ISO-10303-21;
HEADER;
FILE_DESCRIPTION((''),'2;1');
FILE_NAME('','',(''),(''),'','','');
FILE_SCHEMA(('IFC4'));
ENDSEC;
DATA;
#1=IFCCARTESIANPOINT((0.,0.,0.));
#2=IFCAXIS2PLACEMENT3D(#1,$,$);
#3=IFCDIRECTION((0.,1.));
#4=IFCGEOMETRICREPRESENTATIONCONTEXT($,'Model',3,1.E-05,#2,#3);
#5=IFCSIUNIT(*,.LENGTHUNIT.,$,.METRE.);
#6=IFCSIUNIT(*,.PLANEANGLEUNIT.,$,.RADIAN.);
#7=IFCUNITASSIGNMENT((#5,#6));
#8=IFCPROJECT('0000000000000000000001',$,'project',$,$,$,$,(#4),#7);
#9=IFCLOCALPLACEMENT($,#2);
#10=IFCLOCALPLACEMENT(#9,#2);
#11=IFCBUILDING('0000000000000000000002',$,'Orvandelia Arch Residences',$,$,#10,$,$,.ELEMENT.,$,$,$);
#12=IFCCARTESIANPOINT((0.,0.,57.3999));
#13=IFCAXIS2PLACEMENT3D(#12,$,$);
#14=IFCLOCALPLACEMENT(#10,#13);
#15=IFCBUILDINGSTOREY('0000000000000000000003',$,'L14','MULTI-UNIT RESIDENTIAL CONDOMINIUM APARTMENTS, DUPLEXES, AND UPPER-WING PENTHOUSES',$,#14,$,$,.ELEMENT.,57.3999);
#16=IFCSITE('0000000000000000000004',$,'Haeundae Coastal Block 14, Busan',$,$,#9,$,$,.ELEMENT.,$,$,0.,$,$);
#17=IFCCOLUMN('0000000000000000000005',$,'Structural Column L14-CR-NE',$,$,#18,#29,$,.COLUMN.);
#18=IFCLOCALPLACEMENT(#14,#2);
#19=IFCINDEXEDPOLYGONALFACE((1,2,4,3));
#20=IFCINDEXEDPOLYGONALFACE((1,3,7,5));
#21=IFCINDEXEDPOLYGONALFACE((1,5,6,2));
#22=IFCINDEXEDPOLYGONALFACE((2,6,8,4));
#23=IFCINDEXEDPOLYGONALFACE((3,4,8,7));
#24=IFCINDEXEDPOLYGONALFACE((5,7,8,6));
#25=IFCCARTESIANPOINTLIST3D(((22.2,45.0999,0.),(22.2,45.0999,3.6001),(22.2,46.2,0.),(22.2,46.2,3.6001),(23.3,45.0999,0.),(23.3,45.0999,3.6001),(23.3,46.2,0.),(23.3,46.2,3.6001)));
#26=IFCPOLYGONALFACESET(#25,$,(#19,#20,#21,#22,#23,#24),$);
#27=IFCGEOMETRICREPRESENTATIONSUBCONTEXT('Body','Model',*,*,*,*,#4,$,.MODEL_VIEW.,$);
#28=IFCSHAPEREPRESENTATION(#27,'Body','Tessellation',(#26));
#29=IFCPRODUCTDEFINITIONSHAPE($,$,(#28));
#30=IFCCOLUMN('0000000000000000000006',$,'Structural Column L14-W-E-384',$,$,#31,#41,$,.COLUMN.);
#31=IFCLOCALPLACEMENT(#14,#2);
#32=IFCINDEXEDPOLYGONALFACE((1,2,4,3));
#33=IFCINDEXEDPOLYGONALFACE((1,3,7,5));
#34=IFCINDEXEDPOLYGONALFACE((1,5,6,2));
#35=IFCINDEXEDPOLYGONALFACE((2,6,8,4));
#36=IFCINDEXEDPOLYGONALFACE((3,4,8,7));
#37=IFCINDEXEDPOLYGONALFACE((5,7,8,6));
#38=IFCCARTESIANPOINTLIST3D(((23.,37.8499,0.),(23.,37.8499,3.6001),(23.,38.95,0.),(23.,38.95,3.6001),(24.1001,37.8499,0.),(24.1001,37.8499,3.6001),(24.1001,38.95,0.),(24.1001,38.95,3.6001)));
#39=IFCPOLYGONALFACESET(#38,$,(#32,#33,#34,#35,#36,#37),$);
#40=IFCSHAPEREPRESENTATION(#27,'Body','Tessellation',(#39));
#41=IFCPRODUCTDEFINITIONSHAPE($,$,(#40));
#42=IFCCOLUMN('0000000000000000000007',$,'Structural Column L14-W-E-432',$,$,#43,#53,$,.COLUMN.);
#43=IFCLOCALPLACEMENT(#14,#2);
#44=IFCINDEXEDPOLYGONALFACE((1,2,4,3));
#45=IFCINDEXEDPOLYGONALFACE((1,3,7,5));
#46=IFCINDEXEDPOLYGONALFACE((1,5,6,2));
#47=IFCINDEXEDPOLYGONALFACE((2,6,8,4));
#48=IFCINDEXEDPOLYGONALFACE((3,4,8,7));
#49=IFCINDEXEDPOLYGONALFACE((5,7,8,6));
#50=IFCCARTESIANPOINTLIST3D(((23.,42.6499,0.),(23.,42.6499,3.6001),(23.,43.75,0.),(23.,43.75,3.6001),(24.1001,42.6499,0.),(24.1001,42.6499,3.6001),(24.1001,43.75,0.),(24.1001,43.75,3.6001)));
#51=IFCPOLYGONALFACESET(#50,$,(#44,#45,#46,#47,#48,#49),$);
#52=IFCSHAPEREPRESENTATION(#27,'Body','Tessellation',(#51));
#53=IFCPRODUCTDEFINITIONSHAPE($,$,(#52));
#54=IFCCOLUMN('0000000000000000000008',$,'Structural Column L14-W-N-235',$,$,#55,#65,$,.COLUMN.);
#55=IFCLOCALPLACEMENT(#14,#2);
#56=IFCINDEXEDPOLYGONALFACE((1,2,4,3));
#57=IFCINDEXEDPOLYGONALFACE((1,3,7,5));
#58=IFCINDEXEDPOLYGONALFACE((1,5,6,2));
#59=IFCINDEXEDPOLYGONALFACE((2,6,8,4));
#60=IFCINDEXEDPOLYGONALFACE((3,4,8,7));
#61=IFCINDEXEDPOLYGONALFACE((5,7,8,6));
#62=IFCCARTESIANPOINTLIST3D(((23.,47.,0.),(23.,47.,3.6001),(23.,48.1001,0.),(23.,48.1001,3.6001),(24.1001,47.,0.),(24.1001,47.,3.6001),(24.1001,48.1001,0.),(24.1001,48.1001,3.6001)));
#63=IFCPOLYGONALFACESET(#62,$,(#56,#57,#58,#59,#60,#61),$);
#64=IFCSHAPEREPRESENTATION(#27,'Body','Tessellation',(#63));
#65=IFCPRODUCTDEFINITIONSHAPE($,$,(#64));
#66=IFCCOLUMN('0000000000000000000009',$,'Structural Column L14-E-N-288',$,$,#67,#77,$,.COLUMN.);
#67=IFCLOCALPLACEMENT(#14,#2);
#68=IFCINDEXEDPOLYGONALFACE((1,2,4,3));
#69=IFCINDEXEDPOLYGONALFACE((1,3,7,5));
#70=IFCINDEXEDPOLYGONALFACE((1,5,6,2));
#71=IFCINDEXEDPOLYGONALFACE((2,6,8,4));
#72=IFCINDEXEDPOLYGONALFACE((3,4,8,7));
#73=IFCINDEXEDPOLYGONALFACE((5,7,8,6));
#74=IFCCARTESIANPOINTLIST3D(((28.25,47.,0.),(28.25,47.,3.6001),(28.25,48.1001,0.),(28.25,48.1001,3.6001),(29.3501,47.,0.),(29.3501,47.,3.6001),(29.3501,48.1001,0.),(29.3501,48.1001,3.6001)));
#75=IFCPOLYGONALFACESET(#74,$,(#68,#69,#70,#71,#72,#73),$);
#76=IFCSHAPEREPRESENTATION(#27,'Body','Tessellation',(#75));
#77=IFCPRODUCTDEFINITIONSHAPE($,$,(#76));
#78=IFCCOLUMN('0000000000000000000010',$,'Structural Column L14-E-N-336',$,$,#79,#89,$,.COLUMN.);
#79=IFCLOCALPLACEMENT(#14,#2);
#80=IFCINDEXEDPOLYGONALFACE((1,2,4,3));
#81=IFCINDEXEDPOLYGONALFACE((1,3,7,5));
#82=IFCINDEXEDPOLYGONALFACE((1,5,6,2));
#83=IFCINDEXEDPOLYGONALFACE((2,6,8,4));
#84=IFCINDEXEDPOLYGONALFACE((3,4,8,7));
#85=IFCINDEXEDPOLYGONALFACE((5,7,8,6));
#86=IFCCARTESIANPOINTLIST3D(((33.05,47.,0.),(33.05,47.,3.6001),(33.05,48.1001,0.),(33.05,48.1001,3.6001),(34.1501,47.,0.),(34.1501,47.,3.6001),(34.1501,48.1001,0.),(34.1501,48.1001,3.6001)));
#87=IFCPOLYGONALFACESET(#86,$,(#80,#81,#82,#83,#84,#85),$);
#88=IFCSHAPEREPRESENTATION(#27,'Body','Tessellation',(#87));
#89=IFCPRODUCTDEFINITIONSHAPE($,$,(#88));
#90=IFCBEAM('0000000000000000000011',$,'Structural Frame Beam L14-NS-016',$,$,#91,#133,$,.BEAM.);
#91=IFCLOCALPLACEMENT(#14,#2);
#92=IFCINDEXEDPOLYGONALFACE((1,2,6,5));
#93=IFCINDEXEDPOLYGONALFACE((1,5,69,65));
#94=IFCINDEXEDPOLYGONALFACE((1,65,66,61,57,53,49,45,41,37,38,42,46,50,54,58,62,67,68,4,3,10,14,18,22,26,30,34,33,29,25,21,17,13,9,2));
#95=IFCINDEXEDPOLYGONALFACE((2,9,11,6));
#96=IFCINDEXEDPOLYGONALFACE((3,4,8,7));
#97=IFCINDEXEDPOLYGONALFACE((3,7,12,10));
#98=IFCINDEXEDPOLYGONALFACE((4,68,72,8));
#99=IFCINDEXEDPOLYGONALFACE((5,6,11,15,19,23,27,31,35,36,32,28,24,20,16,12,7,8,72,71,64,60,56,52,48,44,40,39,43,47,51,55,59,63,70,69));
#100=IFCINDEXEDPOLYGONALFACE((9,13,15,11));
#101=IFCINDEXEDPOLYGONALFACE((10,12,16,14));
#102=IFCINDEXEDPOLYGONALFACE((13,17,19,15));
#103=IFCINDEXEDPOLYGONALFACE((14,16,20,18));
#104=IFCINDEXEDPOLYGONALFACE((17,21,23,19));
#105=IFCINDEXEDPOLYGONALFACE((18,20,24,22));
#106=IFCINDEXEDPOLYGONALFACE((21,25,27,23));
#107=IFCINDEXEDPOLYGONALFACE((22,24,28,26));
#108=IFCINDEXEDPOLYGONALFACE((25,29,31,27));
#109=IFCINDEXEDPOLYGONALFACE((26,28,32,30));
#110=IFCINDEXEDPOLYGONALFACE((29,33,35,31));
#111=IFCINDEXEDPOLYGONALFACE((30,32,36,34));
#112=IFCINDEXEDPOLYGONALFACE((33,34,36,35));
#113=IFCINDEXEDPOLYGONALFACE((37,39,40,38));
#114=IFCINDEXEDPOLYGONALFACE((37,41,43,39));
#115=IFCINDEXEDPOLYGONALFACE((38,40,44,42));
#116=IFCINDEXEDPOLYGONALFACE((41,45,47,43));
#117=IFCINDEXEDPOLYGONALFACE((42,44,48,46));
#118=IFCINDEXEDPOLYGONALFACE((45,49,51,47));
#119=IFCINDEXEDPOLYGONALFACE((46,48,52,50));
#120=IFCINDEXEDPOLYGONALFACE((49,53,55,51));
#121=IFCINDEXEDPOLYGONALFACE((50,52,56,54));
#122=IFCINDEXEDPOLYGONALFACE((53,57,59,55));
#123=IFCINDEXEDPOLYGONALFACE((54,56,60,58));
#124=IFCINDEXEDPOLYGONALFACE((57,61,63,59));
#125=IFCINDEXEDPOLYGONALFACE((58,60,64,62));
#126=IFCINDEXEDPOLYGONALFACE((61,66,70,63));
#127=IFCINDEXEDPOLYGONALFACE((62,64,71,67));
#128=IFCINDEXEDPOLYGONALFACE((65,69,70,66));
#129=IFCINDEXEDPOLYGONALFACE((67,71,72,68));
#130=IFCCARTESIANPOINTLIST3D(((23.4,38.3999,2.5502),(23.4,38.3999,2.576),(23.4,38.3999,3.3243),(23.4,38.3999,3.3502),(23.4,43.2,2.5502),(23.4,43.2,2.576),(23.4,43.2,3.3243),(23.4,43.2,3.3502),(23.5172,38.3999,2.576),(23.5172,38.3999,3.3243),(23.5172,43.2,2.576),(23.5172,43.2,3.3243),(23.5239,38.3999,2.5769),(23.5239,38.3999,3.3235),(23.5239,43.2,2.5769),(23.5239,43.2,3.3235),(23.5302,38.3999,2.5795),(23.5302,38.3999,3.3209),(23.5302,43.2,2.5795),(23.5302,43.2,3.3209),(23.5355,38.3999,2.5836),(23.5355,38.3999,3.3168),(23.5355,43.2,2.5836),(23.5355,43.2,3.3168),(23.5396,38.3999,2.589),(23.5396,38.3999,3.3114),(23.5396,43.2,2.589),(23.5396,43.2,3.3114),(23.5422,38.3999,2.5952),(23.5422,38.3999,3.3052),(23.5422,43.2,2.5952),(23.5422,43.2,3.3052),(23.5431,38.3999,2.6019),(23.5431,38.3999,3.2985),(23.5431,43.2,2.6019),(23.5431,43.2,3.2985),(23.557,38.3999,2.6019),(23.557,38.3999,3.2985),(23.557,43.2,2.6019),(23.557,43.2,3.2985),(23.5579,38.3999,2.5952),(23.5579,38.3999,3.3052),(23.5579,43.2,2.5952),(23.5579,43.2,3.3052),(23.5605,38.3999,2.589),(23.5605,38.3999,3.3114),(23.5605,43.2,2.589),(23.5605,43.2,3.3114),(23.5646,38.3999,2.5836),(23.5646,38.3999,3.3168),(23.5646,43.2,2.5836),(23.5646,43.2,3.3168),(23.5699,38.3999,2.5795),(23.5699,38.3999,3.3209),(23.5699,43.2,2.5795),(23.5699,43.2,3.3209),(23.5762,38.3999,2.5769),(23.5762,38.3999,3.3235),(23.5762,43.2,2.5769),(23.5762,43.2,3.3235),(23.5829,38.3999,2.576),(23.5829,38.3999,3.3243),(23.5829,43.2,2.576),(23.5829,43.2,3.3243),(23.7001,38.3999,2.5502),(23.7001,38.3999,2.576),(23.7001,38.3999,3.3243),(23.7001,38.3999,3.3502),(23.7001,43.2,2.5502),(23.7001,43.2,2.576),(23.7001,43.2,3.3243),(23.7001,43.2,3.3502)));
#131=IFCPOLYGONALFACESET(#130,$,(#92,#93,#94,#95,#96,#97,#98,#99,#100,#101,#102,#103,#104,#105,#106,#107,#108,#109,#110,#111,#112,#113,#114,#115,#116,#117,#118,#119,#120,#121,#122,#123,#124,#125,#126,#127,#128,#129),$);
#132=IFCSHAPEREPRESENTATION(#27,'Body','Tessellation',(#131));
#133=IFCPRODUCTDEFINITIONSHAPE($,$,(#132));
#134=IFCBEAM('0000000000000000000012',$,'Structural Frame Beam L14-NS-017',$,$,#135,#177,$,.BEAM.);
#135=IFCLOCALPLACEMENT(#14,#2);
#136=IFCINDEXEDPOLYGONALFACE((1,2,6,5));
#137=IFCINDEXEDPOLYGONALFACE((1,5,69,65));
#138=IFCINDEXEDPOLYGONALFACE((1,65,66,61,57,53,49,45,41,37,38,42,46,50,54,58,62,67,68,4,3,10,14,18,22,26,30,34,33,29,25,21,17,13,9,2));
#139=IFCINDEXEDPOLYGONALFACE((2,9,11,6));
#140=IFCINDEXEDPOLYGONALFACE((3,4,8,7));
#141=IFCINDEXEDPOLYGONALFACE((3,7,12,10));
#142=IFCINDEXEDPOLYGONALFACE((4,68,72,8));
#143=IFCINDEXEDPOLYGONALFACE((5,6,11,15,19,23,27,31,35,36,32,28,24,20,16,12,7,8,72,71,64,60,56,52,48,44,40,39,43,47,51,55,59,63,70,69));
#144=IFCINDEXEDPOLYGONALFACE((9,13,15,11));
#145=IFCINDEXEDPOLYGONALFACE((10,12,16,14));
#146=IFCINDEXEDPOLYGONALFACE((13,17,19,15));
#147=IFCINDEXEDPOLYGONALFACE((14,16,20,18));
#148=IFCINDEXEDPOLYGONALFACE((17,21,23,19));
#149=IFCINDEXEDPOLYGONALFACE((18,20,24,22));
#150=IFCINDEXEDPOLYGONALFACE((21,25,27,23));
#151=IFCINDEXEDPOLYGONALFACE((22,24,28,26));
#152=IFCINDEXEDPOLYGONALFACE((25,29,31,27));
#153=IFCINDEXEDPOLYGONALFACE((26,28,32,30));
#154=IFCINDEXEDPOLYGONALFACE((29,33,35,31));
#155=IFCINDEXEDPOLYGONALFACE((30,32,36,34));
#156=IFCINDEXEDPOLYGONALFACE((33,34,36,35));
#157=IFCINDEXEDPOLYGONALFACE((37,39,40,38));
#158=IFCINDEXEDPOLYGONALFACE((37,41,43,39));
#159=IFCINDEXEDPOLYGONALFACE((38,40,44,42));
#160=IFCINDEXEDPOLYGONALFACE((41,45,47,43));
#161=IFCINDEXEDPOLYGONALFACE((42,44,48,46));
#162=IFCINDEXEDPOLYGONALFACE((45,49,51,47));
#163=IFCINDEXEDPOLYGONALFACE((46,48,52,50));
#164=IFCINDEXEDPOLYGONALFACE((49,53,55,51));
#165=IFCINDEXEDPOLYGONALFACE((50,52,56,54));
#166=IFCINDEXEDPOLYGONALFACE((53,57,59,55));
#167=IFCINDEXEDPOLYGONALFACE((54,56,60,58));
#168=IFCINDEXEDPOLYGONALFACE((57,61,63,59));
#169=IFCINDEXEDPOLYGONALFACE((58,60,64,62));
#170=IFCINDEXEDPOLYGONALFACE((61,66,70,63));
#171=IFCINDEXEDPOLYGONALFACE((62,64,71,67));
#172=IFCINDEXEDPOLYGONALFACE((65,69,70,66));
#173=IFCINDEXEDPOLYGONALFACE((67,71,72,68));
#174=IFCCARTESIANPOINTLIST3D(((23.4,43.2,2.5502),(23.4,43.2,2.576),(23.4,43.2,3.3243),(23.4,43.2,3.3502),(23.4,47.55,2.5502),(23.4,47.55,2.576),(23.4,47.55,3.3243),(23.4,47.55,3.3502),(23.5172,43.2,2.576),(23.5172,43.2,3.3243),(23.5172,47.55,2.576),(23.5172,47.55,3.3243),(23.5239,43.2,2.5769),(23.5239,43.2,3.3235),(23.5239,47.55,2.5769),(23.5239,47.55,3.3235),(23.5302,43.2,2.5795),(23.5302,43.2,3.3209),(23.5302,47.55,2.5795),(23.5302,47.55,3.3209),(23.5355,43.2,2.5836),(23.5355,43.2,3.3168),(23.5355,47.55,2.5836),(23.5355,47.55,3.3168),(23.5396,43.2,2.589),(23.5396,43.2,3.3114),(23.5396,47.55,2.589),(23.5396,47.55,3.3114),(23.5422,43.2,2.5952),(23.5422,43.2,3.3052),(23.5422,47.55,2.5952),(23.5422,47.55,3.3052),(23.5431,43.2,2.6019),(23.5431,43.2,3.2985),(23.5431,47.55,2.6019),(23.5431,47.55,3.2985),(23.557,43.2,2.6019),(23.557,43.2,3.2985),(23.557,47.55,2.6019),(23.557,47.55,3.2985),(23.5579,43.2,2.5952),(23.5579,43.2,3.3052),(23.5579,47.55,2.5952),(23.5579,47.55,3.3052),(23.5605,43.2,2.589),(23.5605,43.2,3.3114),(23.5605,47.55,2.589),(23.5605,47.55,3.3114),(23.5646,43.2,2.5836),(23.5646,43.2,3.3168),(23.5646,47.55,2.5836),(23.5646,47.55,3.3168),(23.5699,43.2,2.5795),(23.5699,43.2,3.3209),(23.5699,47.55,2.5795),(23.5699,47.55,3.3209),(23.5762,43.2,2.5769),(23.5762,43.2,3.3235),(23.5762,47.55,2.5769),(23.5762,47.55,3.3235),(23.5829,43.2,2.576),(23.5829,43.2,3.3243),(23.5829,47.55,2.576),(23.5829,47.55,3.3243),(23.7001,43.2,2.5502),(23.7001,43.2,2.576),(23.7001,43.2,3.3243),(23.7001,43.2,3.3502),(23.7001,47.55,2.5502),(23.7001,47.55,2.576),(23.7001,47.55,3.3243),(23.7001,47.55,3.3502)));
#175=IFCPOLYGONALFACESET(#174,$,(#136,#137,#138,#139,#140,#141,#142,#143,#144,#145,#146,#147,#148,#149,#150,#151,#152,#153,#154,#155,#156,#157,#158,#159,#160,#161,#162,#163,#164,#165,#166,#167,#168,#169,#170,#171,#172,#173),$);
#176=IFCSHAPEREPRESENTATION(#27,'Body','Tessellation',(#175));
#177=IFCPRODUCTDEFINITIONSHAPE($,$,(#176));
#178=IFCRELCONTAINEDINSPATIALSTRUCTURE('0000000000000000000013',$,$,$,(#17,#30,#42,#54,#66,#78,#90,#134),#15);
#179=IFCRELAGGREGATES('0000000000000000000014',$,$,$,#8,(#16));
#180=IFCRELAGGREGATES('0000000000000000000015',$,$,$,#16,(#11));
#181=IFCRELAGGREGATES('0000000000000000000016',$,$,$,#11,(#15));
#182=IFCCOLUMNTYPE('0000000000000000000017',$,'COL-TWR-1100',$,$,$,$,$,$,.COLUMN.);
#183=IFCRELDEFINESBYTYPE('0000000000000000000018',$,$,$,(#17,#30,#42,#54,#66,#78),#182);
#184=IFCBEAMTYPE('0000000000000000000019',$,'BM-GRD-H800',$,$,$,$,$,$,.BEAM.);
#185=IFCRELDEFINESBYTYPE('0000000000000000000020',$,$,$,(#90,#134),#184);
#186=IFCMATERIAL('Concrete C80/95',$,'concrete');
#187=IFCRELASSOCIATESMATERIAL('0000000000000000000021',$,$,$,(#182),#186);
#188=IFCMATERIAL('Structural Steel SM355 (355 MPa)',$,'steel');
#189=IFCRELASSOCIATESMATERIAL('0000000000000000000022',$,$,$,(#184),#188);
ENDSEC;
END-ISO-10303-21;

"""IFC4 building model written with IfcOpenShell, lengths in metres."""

from ifc_helpers import new_model, si_unit, direction, frame, origin, origin_2d, place, context, subcontext, project, spatial, rectangle, i_section, extrude, material, material_profile, profile_set, type_object, element, save


model = new_model("IFC4")

# Units and contexts
model_context = context("Model", 3, precision=1e-05, world=origin(), true_north=direction((0.0, 1.0)))
body_context = subcontext(model_context, "Body", "Model", "MODEL_VIEW")
ifc_project = project(units=[si_unit("LENGTHUNIT", "METRE"), si_unit("PLANEANGLEUNIT", "RADIAN")], contexts=[model_context])

# Site, building, storey
site_placement = place(None, origin())
site = spatial("IfcSite", under=ifc_project, at=site_placement, Name="Haeundae Coastal Block 14, Busan", CompositionType="ELEMENT", RefElevation=0.0)
building_placement = place(site_placement, origin())
building = spatial("IfcBuilding", under=site, at=building_placement, Name="Orvandelia Arch Residences", CompositionType="ELEMENT")
storey_placement = place(building_placement, frame((0.0, 0.0, 57.3999)))
storey = spatial("IfcBuildingStorey", under=building, at=storey_placement, Name="L14", Description="MULTI-UNIT RESIDENTIAL CONDOMINIUM APARTMENTS, DUPLEXES, AND UPPER-WING PENTHOUSES", CompositionType="ELEMENT", Elevation=57.3999)

# Columns
ifc_material_1 = material(Name="Concrete C80/95", Category="concrete")
ifc_material_profile_1 = material_profile(ifc_material_1, rectangle(XDim=1.1001, YDim=1.1001, at=origin_2d()), Name="Concrete C80/95", Category="concrete")
ifc_profile_set_1 = profile_set([ifc_material_profile_1], Name="Concrete C80/95")
column_type = type_object("IfcColumnType", Name="COL-TWR-1100", PredefinedType="COLUMN", material=ifc_profile_set_1)
for number, where, z_axis, x_axis, name in (
    (1, (22.75, 45.6499, 0.0), (0.0, 0.0, 1.0), (1.0, 0.0, 0.0), "Structural Column L14-CR-NE"),
    (2, (23.55, 38.3999, 0.0), (0.0, 0.0, 1.0), (1.0, 0.0, 0.0), "Structural Column L14-W-E-384"),
    (3, (23.55, 43.2, 0.0), (0.0, 0.0, 1.0), (1.0, 0.0, 0.0), "Structural Column L14-W-E-432"),
    (4, (23.55, 47.55, 0.0), (0.0, 0.0, 1.0), (1.0, 0.0, 0.0), "Structural Column L14-W-N-235"),
    (5, (28.8, 47.55, 0.0), (0.0, 0.0, 1.0), (1.0, 0.0, 0.0), "Structural Column L14-E-N-288"),
    (6, (33.6001, 47.55, 0.0), (0.0, 0.0, 1.0), (1.0, 0.0, 0.0), "Structural Column L14-E-N-336"),
):
    element("IfcColumn", number, at=place(storey_placement, frame(where, z_axis=z_axis, x_axis=x_axis)), inside=storey, type_object=column_type, Name=name, PredefinedType="COLUMN", context=body_context, shape_type="SweptSolid", body=[
        extrude(rectangle(XDim=1.1001, YDim=1.1001, at=origin_2d()), origin(), (0.0, 0.0, 1.0), 3.6001),
    ])

# Beams
ifc_material_2 = material(Name="Structural Steel SM355 (355 MPa)", Category="steel")
ifc_material_profile_2 = material_profile(ifc_material_2, i_section(OverallWidth=0.3, OverallDepth=0.8, WebThickness=0.0139, FlangeThickness=0.0259, FilletRadius=0.0259, at=origin_2d()), Name="Structural Steel SM355 (355 MPa)", Category="steel")
ifc_profile_set_2 = profile_set([ifc_material_profile_2], Name="Structural Steel SM355 (355 MPa)")
beam_type = type_object("IfcBeamType", Name="BM-GRD-H800", PredefinedType="BEAM", material=ifc_profile_set_2)
beam_1_placement = place(storey_placement, frame((23.55, 38.3999, 2.9502), z_axis=(0.0, 1.0, 0.0), x_axis=(-1.0, 0.0, 0.0)))
element("IfcBeam", 7, at=beam_1_placement, inside=storey, type_object=beam_type, Name="Structural Frame Beam L14-NS-016", PredefinedType="BEAM", context=body_context, shape_type="SweptSolid", body=[
    extrude(i_section(OverallWidth=0.3, OverallDepth=0.8, WebThickness=0.0139, FlangeThickness=0.0259, FilletRadius=0.0259, at=origin_2d()), origin(), (0.0, 0.0, 1.0), 4.8),
])
beam_2_placement = place(storey_placement, frame((23.55, 43.2, 2.9502), z_axis=(0.0, 1.0, 0.0), x_axis=(-1.0, 0.0, 0.0)))
element("IfcBeam", 8, at=beam_2_placement, inside=storey, type_object=beam_type, Name="Structural Frame Beam L14-NS-017", PredefinedType="BEAM", context=body_context, shape_type="SweptSolid", body=[
    extrude(i_section(OverallWidth=0.3, OverallDepth=0.8, WebThickness=0.0139, FlangeThickness=0.0259, FilletRadius=0.0259, at=origin_2d()), origin(), (0.0, 0.0, 1.0), 4.3501),
])

save(model, "model.ifc")
